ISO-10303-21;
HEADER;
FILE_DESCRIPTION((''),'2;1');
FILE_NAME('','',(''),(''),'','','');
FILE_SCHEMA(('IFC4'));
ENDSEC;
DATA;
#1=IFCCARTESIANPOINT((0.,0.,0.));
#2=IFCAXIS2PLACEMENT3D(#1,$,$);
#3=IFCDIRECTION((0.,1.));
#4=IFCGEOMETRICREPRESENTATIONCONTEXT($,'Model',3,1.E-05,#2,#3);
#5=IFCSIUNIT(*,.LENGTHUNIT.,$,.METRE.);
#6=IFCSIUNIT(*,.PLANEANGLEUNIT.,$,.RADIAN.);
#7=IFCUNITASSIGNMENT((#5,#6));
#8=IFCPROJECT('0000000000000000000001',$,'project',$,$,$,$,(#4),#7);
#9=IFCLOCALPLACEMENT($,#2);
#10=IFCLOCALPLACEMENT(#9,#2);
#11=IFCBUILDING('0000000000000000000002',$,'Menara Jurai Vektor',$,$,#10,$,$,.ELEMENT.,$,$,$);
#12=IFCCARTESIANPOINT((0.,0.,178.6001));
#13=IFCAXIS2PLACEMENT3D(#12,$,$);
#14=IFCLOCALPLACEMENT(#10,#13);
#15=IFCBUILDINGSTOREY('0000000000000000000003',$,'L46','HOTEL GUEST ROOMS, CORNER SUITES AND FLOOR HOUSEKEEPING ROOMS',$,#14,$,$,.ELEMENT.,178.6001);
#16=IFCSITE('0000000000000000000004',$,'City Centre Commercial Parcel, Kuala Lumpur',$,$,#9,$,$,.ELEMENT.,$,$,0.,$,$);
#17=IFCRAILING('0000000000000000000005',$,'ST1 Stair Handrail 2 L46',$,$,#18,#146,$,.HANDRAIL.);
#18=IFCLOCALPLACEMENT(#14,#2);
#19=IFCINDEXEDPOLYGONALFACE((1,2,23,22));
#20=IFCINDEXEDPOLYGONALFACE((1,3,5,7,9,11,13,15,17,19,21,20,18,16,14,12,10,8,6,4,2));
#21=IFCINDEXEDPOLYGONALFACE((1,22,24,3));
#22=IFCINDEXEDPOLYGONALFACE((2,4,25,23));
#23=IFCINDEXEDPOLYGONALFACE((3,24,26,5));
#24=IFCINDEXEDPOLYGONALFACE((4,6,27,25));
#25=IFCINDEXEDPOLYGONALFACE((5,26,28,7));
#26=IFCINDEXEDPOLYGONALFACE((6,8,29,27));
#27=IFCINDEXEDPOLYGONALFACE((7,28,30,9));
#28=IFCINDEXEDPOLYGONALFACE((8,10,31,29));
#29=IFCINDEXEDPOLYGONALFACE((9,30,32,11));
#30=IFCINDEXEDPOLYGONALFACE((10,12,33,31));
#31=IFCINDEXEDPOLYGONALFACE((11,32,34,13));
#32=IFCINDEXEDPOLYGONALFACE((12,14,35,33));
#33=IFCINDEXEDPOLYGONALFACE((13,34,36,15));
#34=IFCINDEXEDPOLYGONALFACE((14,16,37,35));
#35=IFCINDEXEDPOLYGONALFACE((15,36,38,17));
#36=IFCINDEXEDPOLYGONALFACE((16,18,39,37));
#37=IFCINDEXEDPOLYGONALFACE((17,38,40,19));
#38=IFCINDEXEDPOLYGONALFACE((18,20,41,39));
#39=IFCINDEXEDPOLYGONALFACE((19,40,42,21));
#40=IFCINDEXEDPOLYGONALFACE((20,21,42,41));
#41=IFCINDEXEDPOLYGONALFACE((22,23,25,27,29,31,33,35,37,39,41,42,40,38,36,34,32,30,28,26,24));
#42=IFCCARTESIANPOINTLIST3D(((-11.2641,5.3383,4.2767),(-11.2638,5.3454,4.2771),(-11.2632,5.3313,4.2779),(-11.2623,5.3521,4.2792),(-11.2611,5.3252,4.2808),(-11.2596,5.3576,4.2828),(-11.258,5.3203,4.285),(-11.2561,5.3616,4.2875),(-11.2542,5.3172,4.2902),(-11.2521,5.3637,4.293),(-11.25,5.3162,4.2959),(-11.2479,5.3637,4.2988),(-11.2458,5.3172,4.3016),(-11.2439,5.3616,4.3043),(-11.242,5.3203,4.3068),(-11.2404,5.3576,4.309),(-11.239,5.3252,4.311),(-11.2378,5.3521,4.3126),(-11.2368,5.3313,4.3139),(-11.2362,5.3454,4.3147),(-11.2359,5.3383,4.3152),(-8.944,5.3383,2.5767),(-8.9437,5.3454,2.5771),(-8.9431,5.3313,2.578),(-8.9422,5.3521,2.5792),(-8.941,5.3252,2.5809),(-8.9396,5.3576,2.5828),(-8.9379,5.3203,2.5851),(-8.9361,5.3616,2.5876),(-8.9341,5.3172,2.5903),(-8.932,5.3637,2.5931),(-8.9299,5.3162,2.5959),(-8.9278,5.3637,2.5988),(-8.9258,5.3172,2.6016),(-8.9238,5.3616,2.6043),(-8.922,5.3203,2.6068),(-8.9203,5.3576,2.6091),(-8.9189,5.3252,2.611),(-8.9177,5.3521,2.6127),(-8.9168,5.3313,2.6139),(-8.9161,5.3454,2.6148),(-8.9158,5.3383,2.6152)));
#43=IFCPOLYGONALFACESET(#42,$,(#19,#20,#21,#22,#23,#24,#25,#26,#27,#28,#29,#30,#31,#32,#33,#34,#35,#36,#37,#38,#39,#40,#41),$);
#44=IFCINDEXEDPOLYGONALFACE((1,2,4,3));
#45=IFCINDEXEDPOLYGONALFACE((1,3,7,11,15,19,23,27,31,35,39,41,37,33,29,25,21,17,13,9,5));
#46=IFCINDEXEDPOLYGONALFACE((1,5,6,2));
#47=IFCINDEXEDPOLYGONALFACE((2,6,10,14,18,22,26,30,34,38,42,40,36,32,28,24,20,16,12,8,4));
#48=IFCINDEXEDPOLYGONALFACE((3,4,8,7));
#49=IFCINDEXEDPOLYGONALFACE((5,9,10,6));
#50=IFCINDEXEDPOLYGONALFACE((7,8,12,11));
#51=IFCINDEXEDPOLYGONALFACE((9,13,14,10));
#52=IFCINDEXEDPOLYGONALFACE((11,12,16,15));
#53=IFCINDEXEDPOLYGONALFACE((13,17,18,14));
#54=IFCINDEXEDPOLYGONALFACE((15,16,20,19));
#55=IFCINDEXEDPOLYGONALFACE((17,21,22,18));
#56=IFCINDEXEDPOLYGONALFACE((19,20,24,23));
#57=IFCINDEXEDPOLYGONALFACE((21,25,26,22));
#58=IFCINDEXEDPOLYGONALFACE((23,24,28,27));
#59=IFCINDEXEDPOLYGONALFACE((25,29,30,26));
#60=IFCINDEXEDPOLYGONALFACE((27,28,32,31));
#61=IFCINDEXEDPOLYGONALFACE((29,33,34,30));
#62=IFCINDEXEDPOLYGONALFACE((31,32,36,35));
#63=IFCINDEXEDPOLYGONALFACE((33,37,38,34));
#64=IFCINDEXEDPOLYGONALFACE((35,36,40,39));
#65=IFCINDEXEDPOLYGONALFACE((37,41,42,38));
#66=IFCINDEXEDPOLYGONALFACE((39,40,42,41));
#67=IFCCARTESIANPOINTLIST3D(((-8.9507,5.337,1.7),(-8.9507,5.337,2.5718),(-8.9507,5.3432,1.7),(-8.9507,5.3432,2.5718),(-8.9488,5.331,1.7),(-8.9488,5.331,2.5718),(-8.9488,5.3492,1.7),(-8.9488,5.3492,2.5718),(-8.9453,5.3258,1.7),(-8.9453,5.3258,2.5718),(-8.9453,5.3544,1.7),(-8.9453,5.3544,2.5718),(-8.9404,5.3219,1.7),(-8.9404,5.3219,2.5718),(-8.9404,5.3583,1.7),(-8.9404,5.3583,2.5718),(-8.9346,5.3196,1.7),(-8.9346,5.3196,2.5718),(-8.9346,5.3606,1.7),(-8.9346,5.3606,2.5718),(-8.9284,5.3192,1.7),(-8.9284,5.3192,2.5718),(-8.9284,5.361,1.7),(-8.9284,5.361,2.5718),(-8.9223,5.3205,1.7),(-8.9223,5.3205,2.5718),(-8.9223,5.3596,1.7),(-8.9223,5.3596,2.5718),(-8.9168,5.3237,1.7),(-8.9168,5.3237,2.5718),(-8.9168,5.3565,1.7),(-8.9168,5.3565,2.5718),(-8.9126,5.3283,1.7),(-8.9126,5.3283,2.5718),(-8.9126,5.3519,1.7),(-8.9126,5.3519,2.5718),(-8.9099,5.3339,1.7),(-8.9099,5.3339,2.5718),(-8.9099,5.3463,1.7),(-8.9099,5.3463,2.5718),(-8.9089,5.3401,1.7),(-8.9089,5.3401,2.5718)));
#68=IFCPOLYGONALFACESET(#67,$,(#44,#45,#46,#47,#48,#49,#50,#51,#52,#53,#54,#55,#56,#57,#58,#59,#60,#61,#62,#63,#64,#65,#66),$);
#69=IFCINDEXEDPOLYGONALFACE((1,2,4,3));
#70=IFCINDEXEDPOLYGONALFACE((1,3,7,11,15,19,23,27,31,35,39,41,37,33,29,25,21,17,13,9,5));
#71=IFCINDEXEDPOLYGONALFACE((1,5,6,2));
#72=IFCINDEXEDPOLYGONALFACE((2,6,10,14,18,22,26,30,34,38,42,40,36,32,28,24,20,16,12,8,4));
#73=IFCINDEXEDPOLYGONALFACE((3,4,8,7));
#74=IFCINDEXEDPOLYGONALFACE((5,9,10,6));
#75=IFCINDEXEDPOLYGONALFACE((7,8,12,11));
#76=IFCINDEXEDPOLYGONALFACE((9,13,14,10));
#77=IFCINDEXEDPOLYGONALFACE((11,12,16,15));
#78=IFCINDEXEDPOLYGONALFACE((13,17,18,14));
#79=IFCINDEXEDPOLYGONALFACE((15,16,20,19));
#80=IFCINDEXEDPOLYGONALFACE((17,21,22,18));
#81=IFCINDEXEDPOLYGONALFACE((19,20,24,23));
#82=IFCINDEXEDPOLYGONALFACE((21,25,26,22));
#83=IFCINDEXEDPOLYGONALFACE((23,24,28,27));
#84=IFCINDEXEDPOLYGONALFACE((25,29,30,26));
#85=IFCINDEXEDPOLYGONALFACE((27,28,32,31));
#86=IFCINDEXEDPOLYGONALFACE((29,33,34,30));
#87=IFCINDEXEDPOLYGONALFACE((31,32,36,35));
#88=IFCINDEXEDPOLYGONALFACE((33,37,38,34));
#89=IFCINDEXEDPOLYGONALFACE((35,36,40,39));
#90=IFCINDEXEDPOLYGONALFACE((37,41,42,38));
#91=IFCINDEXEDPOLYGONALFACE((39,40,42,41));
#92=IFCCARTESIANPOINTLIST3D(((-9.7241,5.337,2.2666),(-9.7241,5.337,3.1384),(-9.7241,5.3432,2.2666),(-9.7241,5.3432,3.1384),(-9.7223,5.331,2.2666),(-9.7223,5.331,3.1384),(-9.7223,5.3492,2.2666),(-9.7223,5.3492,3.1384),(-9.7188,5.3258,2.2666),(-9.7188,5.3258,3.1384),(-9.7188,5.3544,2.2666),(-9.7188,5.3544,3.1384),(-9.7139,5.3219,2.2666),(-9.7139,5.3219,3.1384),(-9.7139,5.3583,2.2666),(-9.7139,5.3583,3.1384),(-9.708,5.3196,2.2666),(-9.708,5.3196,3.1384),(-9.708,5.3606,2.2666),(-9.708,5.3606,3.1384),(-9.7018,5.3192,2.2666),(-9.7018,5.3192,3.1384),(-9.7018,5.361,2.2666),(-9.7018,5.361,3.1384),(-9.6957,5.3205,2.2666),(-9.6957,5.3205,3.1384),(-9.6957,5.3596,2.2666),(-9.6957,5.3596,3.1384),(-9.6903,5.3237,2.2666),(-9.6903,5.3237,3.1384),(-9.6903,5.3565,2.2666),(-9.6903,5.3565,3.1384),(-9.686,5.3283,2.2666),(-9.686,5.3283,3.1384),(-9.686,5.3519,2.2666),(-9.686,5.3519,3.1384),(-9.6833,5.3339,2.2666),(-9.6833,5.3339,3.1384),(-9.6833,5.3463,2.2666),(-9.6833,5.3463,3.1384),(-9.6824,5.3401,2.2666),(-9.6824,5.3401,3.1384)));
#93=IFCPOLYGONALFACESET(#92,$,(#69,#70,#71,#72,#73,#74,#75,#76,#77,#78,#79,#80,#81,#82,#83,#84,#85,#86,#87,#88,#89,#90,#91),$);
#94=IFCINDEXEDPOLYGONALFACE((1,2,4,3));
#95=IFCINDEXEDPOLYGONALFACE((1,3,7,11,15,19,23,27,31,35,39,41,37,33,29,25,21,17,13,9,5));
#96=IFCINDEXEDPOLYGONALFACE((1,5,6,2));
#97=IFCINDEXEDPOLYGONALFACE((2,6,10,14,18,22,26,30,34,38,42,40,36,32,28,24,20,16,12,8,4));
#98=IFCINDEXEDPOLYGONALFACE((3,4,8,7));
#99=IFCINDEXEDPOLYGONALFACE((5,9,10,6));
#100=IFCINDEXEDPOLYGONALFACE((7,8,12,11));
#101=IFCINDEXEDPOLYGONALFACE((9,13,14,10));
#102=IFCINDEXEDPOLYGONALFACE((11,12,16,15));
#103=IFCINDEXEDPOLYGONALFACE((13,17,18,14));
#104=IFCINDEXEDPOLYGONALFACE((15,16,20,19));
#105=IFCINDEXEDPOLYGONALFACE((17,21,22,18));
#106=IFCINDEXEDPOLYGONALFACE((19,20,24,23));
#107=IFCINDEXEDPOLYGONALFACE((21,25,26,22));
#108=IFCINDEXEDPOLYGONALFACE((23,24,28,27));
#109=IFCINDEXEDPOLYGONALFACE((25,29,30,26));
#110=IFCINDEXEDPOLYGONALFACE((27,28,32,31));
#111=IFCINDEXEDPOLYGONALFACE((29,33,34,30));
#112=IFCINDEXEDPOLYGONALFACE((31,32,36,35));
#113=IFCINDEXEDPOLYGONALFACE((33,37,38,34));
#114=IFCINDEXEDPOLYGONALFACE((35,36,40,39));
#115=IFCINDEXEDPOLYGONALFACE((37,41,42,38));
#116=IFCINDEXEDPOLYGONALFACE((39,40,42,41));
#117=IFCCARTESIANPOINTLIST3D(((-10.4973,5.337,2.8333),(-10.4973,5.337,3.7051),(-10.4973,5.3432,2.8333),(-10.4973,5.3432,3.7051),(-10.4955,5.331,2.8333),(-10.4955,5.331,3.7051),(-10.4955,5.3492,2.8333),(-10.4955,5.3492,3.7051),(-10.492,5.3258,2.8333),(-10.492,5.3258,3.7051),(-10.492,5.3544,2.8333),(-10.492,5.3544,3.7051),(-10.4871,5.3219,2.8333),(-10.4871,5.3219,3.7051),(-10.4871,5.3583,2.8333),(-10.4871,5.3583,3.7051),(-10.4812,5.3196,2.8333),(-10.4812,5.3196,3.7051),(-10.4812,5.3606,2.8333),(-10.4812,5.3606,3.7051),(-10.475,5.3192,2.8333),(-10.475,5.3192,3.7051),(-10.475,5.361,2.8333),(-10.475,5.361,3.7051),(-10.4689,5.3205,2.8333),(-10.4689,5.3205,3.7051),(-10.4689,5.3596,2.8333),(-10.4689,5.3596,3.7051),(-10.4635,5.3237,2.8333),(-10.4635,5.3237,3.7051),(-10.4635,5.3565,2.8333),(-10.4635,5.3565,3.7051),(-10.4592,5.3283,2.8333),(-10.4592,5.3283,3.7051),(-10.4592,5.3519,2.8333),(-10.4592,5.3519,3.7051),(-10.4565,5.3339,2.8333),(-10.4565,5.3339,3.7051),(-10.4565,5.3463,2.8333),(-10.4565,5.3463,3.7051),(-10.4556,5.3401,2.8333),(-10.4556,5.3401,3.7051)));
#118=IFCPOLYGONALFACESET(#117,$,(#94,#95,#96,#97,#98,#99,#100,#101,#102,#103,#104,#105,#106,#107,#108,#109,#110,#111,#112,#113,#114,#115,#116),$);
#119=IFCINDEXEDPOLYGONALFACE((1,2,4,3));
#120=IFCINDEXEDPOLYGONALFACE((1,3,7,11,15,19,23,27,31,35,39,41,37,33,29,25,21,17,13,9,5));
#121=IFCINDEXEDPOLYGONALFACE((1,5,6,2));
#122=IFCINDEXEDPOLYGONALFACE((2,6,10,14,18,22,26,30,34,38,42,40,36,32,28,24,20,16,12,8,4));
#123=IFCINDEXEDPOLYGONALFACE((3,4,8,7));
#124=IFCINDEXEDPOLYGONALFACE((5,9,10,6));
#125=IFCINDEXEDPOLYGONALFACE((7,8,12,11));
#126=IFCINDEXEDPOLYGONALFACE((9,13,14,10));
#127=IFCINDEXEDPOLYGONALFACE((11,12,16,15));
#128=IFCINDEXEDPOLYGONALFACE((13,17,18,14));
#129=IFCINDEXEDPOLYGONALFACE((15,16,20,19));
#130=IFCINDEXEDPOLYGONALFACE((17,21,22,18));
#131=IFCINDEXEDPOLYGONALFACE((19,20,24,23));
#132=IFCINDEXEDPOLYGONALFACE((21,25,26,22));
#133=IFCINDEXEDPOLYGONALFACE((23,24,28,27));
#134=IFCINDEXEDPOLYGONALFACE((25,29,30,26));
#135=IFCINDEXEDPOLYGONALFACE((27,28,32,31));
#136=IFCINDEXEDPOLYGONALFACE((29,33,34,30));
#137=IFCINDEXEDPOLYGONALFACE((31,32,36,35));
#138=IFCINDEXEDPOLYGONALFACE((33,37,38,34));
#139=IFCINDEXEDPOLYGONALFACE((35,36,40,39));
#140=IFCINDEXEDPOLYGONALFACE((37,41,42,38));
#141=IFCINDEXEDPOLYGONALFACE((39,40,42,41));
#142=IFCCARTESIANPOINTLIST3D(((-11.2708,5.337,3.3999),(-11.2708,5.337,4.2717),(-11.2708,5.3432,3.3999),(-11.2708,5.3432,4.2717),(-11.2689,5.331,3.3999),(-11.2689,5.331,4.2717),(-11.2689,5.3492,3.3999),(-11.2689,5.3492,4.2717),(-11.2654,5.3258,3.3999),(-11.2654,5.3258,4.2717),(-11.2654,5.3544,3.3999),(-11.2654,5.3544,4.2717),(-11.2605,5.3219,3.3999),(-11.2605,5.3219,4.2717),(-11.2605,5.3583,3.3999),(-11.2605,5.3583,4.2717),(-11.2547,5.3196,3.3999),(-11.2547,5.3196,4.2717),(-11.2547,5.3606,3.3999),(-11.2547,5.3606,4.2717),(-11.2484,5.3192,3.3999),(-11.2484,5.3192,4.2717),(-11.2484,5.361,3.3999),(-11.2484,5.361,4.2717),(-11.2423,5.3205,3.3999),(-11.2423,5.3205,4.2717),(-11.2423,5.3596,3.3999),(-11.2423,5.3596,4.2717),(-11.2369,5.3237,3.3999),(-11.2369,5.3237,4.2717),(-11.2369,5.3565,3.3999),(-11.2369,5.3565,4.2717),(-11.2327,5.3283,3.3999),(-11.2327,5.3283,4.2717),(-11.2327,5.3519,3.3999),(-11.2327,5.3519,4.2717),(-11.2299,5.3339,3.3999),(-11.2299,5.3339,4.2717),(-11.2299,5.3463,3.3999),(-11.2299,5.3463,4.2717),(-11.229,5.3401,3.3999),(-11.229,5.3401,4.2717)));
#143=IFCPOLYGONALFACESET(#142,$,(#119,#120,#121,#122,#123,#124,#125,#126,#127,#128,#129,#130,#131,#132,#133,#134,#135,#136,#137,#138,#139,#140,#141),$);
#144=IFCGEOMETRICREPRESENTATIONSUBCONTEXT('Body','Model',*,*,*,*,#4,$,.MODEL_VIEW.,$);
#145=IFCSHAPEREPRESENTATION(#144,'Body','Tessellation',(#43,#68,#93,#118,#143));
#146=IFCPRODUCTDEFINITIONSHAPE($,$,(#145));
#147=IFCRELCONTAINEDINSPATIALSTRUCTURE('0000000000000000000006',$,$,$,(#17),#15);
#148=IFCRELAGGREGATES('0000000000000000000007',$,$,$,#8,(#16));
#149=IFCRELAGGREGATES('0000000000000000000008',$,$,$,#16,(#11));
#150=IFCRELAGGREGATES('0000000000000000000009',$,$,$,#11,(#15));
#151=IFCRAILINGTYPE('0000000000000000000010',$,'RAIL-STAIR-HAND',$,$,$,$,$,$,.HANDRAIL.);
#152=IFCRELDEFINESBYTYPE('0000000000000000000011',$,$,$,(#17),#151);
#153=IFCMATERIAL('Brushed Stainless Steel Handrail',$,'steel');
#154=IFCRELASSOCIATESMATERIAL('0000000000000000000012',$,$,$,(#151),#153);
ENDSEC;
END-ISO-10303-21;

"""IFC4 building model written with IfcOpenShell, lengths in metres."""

from ifc_helpers import new_model, si_unit, direction, frame, origin, origin_2d, place, context, subcontext, project, spatial, circle, extrude, material, type_object, element, save


model = new_model("IFC4")

# Units and contexts
model_context = context("Model", 3, precision=1e-05, world=origin(), true_north=direction((0.0, 1.0)))
body_context = subcontext(model_context, "Body", "Model", "MODEL_VIEW")
ifc_project = project(units=[si_unit("LENGTHUNIT", "METRE"), si_unit("PLANEANGLEUNIT", "RADIAN")], contexts=[model_context])

# Site, building, storey
site_placement = place(None, origin())
site = spatial("IfcSite", under=ifc_project, at=site_placement, Name="City Centre Commercial Parcel, Kuala Lumpur", CompositionType="ELEMENT", RefElevation=0.0)
building_placement = place(site_placement, origin())
building = spatial("IfcBuilding", under=site, at=building_placement, Name="Menara Jurai Vektor", CompositionType="ELEMENT")
storey_placement = place(building_placement, frame((0.0, 0.0, 178.6001)))
storey = spatial("IfcBuildingStorey", under=building, at=storey_placement, Name="L46", Description="HOTEL GUEST ROOMS, CORNER SUITES AND FLOOR HOUSEKEEPING ROOMS", CompositionType="ELEMENT", Elevation=178.6001)

# Railing
ifc_material_1 = material(Name="Brushed Stainless Steel Handrail", Category="steel")
railing_type_1 = type_object("IfcRailingType", Name="RAIL-STAIR-HAND", PredefinedType="HANDRAIL", material=ifc_material_1)
railing_1_placement = place(storey_placement, frame((-8.9299, 5.3401, 1.7)))
element("IfcRailing", 1, at=railing_1_placement, inside=storey, type_object=railing_type_1, Name="ST1 Stair Handrail 2 L46", PredefinedType="HANDRAIL", context=body_context, shape_type="SweptSolid", body=[
    extrude(circle(Radius=0.0239, at=origin_2d()), frame((0.0, 0.0, 0.896), z_axis=(-0.806642, 0.0, 0.59104), x_axis=(0.0, -1.0, 0.0)), (0.0, 0.0, 1.0), 2.8762),
    extrude(circle(Radius=0.021, at=origin_2d()), origin(), (0.0, 0.0, 1.0), 0.8718),
    extrude(circle(Radius=0.021, at=origin_2d()), frame((-0.7734, 0.0, 0.5667)), (0.0, 0.0, 1.0), 0.8718),
    extrude(circle(Radius=0.021, at=origin_2d()), frame((-1.5466, 0.0, 1.1333)), (0.0, 0.0, 1.0), 0.8718),
    extrude(circle(Radius=0.021, at=origin_2d()), frame((-2.3201, 0.0, 1.7)), (0.0, 0.0, 1.0), 0.8718),
])

save(model, "model.ifc")
